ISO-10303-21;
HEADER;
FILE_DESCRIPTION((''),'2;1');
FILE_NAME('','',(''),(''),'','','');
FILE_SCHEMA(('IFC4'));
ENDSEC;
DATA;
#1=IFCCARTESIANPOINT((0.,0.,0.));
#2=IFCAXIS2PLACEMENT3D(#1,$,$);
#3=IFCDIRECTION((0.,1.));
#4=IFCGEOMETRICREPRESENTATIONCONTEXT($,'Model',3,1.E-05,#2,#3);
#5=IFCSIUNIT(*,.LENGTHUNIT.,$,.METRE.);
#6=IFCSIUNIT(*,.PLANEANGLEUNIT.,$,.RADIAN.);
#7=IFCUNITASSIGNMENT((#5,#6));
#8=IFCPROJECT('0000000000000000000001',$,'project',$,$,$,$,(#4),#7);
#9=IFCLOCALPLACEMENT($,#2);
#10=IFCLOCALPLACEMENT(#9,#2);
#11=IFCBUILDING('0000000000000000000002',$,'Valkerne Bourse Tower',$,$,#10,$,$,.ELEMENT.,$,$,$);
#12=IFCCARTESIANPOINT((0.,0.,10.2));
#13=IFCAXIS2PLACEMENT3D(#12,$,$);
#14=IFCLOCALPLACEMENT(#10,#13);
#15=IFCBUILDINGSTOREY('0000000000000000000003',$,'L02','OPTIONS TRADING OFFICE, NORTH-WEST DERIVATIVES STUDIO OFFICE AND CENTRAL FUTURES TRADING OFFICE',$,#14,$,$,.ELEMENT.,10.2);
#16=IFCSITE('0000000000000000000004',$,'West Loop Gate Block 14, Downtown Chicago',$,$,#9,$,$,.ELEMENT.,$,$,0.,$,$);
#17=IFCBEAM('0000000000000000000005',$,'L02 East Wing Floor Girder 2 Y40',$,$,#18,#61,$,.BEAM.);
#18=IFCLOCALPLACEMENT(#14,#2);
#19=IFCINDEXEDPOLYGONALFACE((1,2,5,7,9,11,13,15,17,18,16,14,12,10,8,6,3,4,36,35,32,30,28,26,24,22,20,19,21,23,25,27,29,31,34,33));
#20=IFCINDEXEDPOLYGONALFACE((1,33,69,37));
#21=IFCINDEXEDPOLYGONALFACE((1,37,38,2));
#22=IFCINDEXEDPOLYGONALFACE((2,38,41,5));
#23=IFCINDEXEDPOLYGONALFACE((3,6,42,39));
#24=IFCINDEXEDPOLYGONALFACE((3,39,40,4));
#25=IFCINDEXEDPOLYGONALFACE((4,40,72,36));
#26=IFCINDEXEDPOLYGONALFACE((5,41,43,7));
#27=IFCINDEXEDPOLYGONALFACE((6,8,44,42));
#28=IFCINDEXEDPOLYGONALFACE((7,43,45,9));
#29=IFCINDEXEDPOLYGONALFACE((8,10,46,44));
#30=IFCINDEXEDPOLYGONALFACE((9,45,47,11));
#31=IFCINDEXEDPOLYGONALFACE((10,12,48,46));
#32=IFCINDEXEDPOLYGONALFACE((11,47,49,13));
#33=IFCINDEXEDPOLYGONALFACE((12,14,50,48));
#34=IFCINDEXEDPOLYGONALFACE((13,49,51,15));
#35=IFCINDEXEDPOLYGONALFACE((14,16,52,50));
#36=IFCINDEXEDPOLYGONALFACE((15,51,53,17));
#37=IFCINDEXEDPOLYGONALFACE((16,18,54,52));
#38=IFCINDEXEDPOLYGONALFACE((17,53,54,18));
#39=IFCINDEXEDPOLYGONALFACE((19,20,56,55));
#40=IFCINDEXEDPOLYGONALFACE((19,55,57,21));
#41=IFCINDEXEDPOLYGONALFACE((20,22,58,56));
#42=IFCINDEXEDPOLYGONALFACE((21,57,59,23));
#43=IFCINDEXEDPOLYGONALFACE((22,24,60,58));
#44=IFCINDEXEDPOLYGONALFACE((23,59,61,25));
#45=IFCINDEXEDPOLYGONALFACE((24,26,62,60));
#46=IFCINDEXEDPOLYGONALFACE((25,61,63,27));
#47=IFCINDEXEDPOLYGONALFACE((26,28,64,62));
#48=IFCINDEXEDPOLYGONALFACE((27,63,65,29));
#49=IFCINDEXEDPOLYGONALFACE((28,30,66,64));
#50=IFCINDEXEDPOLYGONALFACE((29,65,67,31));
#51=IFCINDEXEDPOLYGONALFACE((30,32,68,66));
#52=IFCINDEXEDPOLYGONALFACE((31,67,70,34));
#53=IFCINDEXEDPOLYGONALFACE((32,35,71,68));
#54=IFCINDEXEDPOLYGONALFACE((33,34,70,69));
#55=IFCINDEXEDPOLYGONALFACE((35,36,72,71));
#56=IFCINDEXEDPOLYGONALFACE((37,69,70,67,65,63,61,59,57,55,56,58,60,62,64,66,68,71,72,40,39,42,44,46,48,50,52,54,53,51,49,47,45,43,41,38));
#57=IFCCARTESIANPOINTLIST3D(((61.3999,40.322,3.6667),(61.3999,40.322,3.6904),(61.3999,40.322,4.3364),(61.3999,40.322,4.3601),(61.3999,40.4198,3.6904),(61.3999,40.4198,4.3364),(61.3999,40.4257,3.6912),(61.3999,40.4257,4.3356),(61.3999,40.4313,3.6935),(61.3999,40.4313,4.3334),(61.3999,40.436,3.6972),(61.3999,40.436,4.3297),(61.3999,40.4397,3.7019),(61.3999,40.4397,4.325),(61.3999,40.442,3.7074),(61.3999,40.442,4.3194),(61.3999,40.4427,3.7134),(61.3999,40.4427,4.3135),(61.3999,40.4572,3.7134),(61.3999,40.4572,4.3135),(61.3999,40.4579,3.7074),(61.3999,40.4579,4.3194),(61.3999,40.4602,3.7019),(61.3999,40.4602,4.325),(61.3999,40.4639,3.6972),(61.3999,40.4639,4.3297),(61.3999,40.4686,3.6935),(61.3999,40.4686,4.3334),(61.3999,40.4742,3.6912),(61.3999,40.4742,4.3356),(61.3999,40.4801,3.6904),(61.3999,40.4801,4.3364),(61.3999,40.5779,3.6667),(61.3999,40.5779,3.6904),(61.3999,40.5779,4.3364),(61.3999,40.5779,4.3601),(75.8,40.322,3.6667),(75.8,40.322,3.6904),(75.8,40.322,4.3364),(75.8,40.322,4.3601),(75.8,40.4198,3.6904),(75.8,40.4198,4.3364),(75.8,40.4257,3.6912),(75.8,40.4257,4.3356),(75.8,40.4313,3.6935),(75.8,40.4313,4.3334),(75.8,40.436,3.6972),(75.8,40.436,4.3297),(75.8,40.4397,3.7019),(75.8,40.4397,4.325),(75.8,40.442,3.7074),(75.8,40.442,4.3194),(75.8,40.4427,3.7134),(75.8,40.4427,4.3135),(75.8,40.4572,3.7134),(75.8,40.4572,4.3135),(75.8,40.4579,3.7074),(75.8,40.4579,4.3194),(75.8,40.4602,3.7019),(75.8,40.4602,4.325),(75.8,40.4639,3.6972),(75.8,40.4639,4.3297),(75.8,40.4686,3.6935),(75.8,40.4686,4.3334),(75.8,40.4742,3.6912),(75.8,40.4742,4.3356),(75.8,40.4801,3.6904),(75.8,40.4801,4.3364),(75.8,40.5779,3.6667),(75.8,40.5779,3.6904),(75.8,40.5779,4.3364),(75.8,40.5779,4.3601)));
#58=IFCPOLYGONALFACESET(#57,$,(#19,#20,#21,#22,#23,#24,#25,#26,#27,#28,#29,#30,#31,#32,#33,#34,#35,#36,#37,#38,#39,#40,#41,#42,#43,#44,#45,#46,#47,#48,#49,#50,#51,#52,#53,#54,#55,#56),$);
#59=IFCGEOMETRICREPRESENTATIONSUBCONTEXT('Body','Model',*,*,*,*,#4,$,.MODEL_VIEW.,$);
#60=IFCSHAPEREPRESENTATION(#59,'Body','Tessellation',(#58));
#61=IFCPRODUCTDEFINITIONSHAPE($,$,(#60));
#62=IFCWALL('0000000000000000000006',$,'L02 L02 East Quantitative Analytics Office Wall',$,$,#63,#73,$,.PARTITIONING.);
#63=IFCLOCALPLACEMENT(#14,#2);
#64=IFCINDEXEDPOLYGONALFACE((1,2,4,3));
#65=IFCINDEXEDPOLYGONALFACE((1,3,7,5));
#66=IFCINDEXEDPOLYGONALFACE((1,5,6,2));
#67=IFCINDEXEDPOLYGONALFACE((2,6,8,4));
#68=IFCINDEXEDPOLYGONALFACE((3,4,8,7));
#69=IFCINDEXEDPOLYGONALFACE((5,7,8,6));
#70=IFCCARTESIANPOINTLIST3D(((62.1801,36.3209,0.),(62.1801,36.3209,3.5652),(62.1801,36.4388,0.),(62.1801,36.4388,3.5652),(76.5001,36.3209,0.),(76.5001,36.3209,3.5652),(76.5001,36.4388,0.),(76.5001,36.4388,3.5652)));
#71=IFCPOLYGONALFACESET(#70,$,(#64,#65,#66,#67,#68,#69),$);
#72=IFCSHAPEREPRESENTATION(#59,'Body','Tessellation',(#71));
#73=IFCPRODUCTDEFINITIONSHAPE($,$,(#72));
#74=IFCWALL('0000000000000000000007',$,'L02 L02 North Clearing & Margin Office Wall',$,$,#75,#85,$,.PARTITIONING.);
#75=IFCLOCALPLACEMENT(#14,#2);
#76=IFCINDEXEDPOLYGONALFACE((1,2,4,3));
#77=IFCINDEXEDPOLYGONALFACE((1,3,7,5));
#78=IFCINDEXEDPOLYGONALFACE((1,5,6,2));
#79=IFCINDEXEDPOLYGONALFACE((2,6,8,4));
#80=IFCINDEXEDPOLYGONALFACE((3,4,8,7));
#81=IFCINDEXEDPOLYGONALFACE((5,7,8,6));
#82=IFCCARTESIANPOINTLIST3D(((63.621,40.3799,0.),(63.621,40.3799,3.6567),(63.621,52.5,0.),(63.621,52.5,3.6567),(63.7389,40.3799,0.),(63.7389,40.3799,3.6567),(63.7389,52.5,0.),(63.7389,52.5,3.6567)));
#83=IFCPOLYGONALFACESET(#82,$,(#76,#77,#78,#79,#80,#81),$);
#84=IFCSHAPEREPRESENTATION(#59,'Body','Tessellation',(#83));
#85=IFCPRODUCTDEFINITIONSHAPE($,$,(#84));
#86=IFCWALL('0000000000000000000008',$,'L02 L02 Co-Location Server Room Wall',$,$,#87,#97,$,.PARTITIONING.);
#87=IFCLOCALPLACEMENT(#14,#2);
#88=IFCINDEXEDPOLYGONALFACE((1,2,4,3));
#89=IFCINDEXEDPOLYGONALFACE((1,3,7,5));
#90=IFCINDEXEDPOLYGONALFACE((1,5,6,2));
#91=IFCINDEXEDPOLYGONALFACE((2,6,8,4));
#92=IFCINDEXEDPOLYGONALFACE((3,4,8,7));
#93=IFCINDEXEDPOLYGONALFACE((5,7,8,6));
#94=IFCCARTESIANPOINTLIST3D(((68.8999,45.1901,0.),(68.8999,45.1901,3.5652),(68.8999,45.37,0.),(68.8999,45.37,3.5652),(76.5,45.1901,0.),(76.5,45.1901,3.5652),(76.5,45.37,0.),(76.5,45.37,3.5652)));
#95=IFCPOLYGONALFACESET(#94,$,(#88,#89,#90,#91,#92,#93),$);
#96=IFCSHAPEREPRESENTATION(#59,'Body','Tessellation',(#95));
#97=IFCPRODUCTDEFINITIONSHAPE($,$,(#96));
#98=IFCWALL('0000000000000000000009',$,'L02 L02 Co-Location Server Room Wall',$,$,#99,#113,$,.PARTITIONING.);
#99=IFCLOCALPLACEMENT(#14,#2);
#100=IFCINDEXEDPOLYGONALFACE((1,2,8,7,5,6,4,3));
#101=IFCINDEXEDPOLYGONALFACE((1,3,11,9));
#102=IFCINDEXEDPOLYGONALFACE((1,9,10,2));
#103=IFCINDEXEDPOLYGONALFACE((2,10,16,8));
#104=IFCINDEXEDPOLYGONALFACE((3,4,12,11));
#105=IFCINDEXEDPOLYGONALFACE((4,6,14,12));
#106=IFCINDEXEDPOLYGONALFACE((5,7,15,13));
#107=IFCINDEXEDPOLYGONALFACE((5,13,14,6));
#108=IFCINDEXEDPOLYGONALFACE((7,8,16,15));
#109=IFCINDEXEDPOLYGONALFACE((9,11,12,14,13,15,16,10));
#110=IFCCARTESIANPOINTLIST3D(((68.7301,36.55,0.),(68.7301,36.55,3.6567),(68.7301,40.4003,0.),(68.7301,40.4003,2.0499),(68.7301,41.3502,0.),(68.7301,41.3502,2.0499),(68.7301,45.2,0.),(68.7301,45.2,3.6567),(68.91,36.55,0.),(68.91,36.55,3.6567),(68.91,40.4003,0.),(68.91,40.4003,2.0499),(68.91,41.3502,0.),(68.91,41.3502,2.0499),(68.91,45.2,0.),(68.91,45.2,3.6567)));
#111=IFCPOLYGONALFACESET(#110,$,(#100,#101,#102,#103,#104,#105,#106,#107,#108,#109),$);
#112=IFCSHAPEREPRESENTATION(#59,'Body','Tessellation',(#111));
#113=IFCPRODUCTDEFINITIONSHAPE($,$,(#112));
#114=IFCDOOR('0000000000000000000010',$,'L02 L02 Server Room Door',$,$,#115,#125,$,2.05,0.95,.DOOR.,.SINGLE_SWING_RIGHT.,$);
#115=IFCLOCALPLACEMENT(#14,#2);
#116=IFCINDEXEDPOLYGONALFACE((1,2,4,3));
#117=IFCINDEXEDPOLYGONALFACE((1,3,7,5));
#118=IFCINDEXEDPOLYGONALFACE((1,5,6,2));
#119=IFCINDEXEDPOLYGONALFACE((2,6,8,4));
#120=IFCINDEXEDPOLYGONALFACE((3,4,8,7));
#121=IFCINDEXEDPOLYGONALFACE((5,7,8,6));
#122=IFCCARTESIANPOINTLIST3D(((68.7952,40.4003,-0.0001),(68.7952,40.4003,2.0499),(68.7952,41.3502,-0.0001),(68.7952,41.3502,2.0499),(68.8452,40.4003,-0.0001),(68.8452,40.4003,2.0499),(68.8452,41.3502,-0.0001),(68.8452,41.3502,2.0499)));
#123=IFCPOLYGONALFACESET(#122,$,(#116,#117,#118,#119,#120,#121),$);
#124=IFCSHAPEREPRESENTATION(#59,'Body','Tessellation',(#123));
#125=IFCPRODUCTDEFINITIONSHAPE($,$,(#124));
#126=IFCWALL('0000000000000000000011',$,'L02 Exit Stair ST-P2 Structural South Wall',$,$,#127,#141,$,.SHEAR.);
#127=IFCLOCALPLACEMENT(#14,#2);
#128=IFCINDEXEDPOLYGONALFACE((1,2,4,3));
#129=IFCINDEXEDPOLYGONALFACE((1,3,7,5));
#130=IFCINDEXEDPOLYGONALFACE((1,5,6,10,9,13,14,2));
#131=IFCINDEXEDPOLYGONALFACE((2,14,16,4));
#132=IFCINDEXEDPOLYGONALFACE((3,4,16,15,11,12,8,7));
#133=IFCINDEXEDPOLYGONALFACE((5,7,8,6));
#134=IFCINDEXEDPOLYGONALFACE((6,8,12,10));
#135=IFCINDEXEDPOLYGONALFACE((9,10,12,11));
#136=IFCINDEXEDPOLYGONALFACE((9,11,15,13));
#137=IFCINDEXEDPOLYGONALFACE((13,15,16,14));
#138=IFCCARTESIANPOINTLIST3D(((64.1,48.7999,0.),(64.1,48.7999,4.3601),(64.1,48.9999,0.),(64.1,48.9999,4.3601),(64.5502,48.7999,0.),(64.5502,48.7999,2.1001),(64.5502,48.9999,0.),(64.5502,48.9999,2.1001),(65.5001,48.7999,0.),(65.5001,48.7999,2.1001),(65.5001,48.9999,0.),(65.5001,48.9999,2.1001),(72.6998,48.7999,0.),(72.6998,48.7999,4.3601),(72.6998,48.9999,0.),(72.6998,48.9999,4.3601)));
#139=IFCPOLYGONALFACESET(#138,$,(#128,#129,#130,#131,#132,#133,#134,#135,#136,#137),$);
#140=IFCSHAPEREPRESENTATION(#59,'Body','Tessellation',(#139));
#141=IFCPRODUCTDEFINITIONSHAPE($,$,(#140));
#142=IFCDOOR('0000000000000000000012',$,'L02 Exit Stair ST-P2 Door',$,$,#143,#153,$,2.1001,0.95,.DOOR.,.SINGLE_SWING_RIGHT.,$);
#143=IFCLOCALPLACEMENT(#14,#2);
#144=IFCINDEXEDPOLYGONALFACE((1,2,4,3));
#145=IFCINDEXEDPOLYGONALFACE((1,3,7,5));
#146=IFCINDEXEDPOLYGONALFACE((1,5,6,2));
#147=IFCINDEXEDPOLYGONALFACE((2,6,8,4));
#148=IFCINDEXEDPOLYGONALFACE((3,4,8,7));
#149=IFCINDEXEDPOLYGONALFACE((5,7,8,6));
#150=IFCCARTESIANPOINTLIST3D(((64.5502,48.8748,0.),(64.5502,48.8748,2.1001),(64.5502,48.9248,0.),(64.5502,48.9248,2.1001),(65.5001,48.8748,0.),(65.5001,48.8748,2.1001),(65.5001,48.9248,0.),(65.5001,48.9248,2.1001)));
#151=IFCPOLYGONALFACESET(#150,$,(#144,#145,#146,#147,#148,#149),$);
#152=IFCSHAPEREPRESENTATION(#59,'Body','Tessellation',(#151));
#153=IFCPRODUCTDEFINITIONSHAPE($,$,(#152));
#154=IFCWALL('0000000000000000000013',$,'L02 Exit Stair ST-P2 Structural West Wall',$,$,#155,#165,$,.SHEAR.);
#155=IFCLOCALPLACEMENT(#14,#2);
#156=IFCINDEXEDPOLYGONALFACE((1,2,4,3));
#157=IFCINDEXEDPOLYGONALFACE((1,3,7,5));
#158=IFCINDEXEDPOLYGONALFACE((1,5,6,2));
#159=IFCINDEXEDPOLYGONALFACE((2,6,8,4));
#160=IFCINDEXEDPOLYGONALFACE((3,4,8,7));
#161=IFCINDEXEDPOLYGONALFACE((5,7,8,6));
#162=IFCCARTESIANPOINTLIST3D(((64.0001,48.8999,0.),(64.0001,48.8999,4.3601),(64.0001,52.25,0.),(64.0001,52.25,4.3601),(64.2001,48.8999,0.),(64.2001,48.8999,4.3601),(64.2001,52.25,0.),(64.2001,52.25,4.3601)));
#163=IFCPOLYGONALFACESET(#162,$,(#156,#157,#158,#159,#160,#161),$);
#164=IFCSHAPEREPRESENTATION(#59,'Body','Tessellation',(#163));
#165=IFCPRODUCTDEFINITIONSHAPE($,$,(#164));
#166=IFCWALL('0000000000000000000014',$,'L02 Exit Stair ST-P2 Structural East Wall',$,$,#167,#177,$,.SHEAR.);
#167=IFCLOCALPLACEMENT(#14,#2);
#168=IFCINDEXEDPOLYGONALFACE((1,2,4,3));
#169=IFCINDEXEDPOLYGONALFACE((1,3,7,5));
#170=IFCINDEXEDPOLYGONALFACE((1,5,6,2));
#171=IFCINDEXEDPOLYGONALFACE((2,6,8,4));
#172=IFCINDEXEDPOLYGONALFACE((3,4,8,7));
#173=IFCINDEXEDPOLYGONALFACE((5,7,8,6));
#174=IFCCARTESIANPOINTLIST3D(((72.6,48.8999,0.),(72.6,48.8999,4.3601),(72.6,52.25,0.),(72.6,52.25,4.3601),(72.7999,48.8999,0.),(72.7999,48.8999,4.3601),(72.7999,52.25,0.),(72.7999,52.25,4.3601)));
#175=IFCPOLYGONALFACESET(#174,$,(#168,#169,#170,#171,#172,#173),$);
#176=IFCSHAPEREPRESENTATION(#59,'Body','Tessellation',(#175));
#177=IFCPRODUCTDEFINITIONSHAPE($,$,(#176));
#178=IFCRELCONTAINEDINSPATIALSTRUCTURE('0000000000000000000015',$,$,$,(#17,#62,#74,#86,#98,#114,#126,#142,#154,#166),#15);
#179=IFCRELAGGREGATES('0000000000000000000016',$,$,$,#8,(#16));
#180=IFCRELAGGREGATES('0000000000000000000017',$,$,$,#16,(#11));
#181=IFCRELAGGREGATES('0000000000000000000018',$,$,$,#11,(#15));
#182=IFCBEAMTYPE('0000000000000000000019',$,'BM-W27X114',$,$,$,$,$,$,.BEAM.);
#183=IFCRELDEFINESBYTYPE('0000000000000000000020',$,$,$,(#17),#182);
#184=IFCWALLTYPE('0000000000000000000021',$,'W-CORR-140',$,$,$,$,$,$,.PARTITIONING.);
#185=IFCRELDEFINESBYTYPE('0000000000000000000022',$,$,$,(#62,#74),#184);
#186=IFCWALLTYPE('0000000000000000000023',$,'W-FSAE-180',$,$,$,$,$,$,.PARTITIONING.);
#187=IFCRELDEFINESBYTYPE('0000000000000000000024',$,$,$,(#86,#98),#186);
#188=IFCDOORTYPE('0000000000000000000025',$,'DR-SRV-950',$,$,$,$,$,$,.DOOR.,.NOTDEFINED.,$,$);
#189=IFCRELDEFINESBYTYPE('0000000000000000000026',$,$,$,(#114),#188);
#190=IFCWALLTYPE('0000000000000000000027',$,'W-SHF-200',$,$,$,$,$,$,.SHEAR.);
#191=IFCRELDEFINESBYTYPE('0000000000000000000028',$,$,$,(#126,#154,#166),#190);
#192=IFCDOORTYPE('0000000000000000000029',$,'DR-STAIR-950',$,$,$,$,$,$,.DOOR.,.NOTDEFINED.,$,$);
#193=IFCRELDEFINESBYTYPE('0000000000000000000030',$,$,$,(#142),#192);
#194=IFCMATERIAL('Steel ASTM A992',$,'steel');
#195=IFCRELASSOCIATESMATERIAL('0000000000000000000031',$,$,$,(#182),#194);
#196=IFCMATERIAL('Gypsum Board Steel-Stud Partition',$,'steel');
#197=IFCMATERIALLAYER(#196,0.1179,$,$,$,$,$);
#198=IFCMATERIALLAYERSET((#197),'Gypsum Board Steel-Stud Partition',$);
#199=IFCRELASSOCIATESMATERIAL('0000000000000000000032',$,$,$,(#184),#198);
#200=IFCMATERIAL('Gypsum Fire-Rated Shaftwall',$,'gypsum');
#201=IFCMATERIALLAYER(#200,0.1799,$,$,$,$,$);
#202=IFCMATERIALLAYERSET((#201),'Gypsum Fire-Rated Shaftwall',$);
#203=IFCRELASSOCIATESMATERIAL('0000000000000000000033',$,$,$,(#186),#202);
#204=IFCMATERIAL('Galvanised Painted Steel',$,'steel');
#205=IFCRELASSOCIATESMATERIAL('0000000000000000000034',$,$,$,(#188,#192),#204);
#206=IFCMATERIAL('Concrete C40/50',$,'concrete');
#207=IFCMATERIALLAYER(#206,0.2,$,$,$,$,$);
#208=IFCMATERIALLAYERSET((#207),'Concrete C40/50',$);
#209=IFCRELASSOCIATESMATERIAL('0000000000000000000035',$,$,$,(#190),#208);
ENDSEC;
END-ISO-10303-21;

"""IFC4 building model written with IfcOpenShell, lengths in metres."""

from ifc_helpers import new_model, si_unit, direction, frame, frame_2d, origin, origin_2d, place, context, subcontext, project, spatial, rectangle, i_section, extrude, material, layer, layer_set, material_profile, profile_set, type_object, element, fill, save


model = new_model("IFC4")

# Units and contexts
model_context = context("Model", 3, precision=1e-05, world=origin(), true_north=direction((0.0, 1.0)))
body_context = subcontext(model_context, "Body", "Model", "MODEL_VIEW")
ifc_project = project(units=[si_unit("LENGTHUNIT", "METRE"), si_unit("PLANEANGLEUNIT", "RADIAN")], contexts=[model_context])

# Site, building, storey
site_placement = place(None, origin())
site = spatial("IfcSite", under=ifc_project, at=site_placement, Name="West Loop Gate Block 14, Downtown Chicago", CompositionType="ELEMENT", RefElevation=0.0)
building_placement = place(site_placement, origin())
building = spatial("IfcBuilding", under=site, at=building_placement, Name="Valkerne Bourse Tower", CompositionType="ELEMENT")
storey_placement = place(building_placement, frame((0.0, 0.0, 10.2)))
storey = spatial("IfcBuildingStorey", under=building, at=storey_placement, Name="L02", Description="OPTIONS TRADING OFFICE, NORTH-WEST DERIVATIVES STUDIO OFFICE AND CENTRAL FUTURES TRADING OFFICE", CompositionType="ELEMENT", Elevation=10.2)

# Beam
ifc_material_1 = material(Name="Steel ASTM A992", Category="steel")
ifc_material_profile_1 = material_profile(ifc_material_1, i_section(OverallWidth=0.2559, OverallDepth=0.6934, WebThickness=0.0144, FlangeThickness=0.0237, FilletRadius=0.0229, at=origin_2d()), Name="W27X114")
ifc_profile_set_1 = profile_set([ifc_material_profile_1], Name="Steel ASTM A992")
beam_type = type_object("IfcBeamType", Name="BM-W27X114", PredefinedType="BEAM", material=ifc_profile_set_1)
for number, where, z_axis, x_axis, name in (
    (1, (61.3999, 40.45, 4.0134), (1.0, 0.0, 0.0), (0.0, 1.0, 0.0), "L02 East Wing Floor Girder 2 Y40"),
):
    element("IfcBeam", number, at=place(storey_placement, frame(where, z_axis=z_axis, x_axis=x_axis)), inside=storey, type_object=beam_type, Name=name, PredefinedType="BEAM", context=body_context, shape_type="SweptSolid", body=[
        extrude(i_section(OverallWidth=0.2559, OverallDepth=0.6934, WebThickness=0.0144, FlangeThickness=0.0237, FilletRadius=0.0229, at=origin_2d()), origin(), (0.0, 0.0, 1.0), 14.4001),
    ])

# Walls
ifc_material_2 = material(Name="Gypsum Board Steel-Stud Partition", Category="steel")
ifc_layer_1 = layer(ifc_material_2, 0.1179)
ifc_layer_set_1 = layer_set([ifc_layer_1], Name="Gypsum Board Steel-Stud Partition")
wall_type_1 = type_object("IfcWallType", Name="W-CORR-140", PredefinedType="PARTITIONING", material=ifc_layer_set_1)
wall_1_placement = place(storey_placement, frame((62.1799, 36.3799, 0.0), z_axis=(0.0, 0.0, 1.0), x_axis=(1.0, 0.0, 0.0)))
element("IfcWall", 2, at=wall_1_placement, inside=storey, type_object=wall_type_1, Name="L02 L02 East Quantitative Analytics Office Wall", PredefinedType="PARTITIONING", context=body_context, shape_type="SweptSolid", body=[
    extrude(rectangle(XDim=14.3201, YDim=0.1179, at=frame_2d((7.1602, 0.0))), origin(), (0.0, 0.0, 1.0), 3.5652),
])
wall_2_placement = place(storey_placement, frame((63.6799, 40.3799, 0.0), z_axis=(0.0, 0.0, 1.0), x_axis=(0.0, 1.0, 0.0)))
element("IfcWall", 3, at=wall_2_placement, inside=storey, type_object=wall_type_1, Name="L02 L02 North Clearing & Margin Office Wall", PredefinedType="PARTITIONING", context=body_context, shape_type="SweptSolid", body=[
    extrude(rectangle(XDim=12.1201, YDim=0.1179, at=frame_2d((6.0601, 0.0))), origin(), (0.0, 0.0, 1.0), 3.6567),
])
ifc_material_3 = material(Name="Gypsum Fire-Rated Shaftwall", Category="gypsum")
ifc_layer_2 = layer(ifc_material_3, 0.1799)
ifc_layer_set_2 = layer_set([ifc_layer_2], Name="Gypsum Fire-Rated Shaftwall")
wall_type_2 = type_object("IfcWallType", Name="W-FSAE-180", PredefinedType="PARTITIONING", material=ifc_layer_set_2)
wall_3_placement = place(storey_placement, frame((68.8999, 45.28, 0.0), z_axis=(0.0, 0.0, 1.0), x_axis=(1.0, 0.0, 0.0)))
element("IfcWall", 4, at=wall_3_placement, inside=storey, type_object=wall_type_2, Name="L02 L02 Co-Location Server Room Wall", PredefinedType="PARTITIONING", context=body_context, shape_type="SweptSolid", body=[
    extrude(rectangle(XDim=7.6001, YDim=0.1799, at=frame_2d((3.8, 0.0))), origin(), (0.0, 0.0, 1.0), 3.5652),
])

# Walls, openings, doors
wall_4_placement = place(storey_placement, frame((68.8201, 36.55, 0.0), z_axis=(0.0, 0.0, 1.0), x_axis=(0.0, 1.0, 0.0)))
wall_4 = element("IfcWall", 5, at=wall_4_placement, inside=storey, type_object=wall_type_2, Name="L02 L02 Co-Location Server Room Wall", PredefinedType="PARTITIONING", context=body_context, shape_type="SweptSolid", body=[
    extrude(rectangle(XDim=8.6499, YDim=0.1799, at=frame_2d((4.325, 0.0))), origin(), (0.0, 0.0, 1.0), 3.6567),
])
opening_1_placement = place(wall_4_placement, frame((3.8501, 0.0, 0.0)))
opening_1 = element("IfcOpeningElement", 6, at=opening_1_placement, cuts=wall_4, PredefinedType="OPENING", context=body_context, shape_type="SweptSolid", body=[
    extrude(rectangle(XDim=0.95, YDim=2.05, at=frame_2d((0.4751, 1.0249))), frame((0.0, 0.0999, 0.0), z_axis=(0.0, -1.0, 0.0), x_axis=(1.0, 0.0, 0.0)), (0.0, 0.0, 1.0), 0.2),
])
ifc_material_4 = material(Name="Galvanised Painted Steel", Category="steel")
door_type_1 = type_object("IfcDoorType", Name="DR-SRV-950", OperationType="NOTDEFINED", PredefinedType="DOOR", material=ifc_material_4)
door_1_placement = place(opening_1_placement, origin())
door_1 = element("IfcDoor", 7, at=door_1_placement, inside=storey, type_object=door_type_1, Name="L02 L02 Server Room Door", OperationType="SINGLE_SWING_RIGHT", OverallHeight=2.05, OverallWidth=0.95, PredefinedType="DOOR", context=body_context, shape_type="SweptSolid", body=[
    extrude(rectangle(XDim=0.95, YDim=2.05, at=frame_2d((0.4751, 1.0249))), frame((0.0, 0.0249, 0.0), z_axis=(0.0, -1.0, 0.0), x_axis=(1.0, 0.0, 0.0)), (0.0, 0.0, 1.0), 0.05),
])
fill(opening_1, door_1)
ifc_material_5 = material(Name="Concrete C40/50", Category="concrete")
ifc_layer_3 = layer(ifc_material_5, 0.2)
ifc_layer_set_3 = layer_set([ifc_layer_3], Name="Concrete C40/50")
wall_type_3 = type_object("IfcWallType", Name="W-SHF-200", PredefinedType="SHEAR", material=ifc_layer_set_3)
wall_5_placement = place(storey_placement, frame((64.1001, 48.8999, 0.0), z_axis=(0.0, 0.0, 1.0), x_axis=(1.0, 0.0, 0.0)))
wall_5 = element("IfcWall", 8, at=wall_5_placement, inside=storey, type_object=wall_type_3, Name="L02 Exit Stair ST-P2 Structural South Wall", PredefinedType="SHEAR", context=body_context, shape_type="SweptSolid", body=[
    extrude(rectangle(XDim=8.5999, YDim=0.2, at=frame_2d((4.2998, 0.0))), origin(), (0.0, 0.0, 1.0), 4.3601),
])
opening_2_placement = place(wall_5_placement, frame((0.45, 0.0, 0.0)))
opening_2 = element("IfcOpeningElement", 9, at=opening_2_placement, cuts=wall_5, PredefinedType="OPENING", context=body_context, shape_type="SweptSolid", body=[
    extrude(rectangle(XDim=0.95, YDim=2.1001, at=frame_2d((0.4751, 1.05))), frame((0.0, 0.1099, 0.0), z_axis=(0.0, -1.0, 0.0), x_axis=(1.0, 0.0, 0.0)), (0.0, 0.0, 1.0), 0.22),
])
door_type_2 = type_object("IfcDoorType", Name="DR-STAIR-950", OperationType="NOTDEFINED", PredefinedType="DOOR", material=ifc_material_4)
door_2_placement = place(opening_2_placement, origin())
door_2 = element("IfcDoor", 10, at=door_2_placement, inside=storey, type_object=door_type_2, Name="L02 Exit Stair ST-P2 Door", OperationType="SINGLE_SWING_RIGHT", OverallHeight=2.1001, OverallWidth=0.95, PredefinedType="DOOR", context=body_context, shape_type="SweptSolid", body=[
    extrude(rectangle(XDim=0.95, YDim=2.1001, at=frame_2d((0.4751, 1.05))), frame((0.0, 0.0249, 0.0), z_axis=(0.0, -1.0, 0.0), x_axis=(1.0, 0.0, 0.0)), (0.0, 0.0, 1.0), 0.05),
])
fill(opening_2, door_2)

# Walls
for number, where, z_axis, x_axis, name in (
    (11, (64.1001, 48.8999, 0.0), (0.0, 0.0, 1.0), (0.0, 1.0, 0.0), "L02 Exit Stair ST-P2 Structural West Wall"),
    (12, (72.7, 48.8999, 0.0), (0.0, 0.0, 1.0), (0.0, 1.0, 0.0), "L02 Exit Stair ST-P2 Structural East Wall"),
):
    element("IfcWall", number, at=place(storey_placement, frame(where, z_axis=z_axis, x_axis=x_axis)), inside=storey, type_object=wall_type_3, Name=name, PredefinedType="SHEAR", context=body_context, shape_type="SweptSolid", body=[
        extrude(rectangle(XDim=3.3501, YDim=0.2, at=frame_2d((1.675, 0.0))), origin(), (0.0, 0.0, 1.0), 4.3601),
    ])

save(model, "model.ifc")
